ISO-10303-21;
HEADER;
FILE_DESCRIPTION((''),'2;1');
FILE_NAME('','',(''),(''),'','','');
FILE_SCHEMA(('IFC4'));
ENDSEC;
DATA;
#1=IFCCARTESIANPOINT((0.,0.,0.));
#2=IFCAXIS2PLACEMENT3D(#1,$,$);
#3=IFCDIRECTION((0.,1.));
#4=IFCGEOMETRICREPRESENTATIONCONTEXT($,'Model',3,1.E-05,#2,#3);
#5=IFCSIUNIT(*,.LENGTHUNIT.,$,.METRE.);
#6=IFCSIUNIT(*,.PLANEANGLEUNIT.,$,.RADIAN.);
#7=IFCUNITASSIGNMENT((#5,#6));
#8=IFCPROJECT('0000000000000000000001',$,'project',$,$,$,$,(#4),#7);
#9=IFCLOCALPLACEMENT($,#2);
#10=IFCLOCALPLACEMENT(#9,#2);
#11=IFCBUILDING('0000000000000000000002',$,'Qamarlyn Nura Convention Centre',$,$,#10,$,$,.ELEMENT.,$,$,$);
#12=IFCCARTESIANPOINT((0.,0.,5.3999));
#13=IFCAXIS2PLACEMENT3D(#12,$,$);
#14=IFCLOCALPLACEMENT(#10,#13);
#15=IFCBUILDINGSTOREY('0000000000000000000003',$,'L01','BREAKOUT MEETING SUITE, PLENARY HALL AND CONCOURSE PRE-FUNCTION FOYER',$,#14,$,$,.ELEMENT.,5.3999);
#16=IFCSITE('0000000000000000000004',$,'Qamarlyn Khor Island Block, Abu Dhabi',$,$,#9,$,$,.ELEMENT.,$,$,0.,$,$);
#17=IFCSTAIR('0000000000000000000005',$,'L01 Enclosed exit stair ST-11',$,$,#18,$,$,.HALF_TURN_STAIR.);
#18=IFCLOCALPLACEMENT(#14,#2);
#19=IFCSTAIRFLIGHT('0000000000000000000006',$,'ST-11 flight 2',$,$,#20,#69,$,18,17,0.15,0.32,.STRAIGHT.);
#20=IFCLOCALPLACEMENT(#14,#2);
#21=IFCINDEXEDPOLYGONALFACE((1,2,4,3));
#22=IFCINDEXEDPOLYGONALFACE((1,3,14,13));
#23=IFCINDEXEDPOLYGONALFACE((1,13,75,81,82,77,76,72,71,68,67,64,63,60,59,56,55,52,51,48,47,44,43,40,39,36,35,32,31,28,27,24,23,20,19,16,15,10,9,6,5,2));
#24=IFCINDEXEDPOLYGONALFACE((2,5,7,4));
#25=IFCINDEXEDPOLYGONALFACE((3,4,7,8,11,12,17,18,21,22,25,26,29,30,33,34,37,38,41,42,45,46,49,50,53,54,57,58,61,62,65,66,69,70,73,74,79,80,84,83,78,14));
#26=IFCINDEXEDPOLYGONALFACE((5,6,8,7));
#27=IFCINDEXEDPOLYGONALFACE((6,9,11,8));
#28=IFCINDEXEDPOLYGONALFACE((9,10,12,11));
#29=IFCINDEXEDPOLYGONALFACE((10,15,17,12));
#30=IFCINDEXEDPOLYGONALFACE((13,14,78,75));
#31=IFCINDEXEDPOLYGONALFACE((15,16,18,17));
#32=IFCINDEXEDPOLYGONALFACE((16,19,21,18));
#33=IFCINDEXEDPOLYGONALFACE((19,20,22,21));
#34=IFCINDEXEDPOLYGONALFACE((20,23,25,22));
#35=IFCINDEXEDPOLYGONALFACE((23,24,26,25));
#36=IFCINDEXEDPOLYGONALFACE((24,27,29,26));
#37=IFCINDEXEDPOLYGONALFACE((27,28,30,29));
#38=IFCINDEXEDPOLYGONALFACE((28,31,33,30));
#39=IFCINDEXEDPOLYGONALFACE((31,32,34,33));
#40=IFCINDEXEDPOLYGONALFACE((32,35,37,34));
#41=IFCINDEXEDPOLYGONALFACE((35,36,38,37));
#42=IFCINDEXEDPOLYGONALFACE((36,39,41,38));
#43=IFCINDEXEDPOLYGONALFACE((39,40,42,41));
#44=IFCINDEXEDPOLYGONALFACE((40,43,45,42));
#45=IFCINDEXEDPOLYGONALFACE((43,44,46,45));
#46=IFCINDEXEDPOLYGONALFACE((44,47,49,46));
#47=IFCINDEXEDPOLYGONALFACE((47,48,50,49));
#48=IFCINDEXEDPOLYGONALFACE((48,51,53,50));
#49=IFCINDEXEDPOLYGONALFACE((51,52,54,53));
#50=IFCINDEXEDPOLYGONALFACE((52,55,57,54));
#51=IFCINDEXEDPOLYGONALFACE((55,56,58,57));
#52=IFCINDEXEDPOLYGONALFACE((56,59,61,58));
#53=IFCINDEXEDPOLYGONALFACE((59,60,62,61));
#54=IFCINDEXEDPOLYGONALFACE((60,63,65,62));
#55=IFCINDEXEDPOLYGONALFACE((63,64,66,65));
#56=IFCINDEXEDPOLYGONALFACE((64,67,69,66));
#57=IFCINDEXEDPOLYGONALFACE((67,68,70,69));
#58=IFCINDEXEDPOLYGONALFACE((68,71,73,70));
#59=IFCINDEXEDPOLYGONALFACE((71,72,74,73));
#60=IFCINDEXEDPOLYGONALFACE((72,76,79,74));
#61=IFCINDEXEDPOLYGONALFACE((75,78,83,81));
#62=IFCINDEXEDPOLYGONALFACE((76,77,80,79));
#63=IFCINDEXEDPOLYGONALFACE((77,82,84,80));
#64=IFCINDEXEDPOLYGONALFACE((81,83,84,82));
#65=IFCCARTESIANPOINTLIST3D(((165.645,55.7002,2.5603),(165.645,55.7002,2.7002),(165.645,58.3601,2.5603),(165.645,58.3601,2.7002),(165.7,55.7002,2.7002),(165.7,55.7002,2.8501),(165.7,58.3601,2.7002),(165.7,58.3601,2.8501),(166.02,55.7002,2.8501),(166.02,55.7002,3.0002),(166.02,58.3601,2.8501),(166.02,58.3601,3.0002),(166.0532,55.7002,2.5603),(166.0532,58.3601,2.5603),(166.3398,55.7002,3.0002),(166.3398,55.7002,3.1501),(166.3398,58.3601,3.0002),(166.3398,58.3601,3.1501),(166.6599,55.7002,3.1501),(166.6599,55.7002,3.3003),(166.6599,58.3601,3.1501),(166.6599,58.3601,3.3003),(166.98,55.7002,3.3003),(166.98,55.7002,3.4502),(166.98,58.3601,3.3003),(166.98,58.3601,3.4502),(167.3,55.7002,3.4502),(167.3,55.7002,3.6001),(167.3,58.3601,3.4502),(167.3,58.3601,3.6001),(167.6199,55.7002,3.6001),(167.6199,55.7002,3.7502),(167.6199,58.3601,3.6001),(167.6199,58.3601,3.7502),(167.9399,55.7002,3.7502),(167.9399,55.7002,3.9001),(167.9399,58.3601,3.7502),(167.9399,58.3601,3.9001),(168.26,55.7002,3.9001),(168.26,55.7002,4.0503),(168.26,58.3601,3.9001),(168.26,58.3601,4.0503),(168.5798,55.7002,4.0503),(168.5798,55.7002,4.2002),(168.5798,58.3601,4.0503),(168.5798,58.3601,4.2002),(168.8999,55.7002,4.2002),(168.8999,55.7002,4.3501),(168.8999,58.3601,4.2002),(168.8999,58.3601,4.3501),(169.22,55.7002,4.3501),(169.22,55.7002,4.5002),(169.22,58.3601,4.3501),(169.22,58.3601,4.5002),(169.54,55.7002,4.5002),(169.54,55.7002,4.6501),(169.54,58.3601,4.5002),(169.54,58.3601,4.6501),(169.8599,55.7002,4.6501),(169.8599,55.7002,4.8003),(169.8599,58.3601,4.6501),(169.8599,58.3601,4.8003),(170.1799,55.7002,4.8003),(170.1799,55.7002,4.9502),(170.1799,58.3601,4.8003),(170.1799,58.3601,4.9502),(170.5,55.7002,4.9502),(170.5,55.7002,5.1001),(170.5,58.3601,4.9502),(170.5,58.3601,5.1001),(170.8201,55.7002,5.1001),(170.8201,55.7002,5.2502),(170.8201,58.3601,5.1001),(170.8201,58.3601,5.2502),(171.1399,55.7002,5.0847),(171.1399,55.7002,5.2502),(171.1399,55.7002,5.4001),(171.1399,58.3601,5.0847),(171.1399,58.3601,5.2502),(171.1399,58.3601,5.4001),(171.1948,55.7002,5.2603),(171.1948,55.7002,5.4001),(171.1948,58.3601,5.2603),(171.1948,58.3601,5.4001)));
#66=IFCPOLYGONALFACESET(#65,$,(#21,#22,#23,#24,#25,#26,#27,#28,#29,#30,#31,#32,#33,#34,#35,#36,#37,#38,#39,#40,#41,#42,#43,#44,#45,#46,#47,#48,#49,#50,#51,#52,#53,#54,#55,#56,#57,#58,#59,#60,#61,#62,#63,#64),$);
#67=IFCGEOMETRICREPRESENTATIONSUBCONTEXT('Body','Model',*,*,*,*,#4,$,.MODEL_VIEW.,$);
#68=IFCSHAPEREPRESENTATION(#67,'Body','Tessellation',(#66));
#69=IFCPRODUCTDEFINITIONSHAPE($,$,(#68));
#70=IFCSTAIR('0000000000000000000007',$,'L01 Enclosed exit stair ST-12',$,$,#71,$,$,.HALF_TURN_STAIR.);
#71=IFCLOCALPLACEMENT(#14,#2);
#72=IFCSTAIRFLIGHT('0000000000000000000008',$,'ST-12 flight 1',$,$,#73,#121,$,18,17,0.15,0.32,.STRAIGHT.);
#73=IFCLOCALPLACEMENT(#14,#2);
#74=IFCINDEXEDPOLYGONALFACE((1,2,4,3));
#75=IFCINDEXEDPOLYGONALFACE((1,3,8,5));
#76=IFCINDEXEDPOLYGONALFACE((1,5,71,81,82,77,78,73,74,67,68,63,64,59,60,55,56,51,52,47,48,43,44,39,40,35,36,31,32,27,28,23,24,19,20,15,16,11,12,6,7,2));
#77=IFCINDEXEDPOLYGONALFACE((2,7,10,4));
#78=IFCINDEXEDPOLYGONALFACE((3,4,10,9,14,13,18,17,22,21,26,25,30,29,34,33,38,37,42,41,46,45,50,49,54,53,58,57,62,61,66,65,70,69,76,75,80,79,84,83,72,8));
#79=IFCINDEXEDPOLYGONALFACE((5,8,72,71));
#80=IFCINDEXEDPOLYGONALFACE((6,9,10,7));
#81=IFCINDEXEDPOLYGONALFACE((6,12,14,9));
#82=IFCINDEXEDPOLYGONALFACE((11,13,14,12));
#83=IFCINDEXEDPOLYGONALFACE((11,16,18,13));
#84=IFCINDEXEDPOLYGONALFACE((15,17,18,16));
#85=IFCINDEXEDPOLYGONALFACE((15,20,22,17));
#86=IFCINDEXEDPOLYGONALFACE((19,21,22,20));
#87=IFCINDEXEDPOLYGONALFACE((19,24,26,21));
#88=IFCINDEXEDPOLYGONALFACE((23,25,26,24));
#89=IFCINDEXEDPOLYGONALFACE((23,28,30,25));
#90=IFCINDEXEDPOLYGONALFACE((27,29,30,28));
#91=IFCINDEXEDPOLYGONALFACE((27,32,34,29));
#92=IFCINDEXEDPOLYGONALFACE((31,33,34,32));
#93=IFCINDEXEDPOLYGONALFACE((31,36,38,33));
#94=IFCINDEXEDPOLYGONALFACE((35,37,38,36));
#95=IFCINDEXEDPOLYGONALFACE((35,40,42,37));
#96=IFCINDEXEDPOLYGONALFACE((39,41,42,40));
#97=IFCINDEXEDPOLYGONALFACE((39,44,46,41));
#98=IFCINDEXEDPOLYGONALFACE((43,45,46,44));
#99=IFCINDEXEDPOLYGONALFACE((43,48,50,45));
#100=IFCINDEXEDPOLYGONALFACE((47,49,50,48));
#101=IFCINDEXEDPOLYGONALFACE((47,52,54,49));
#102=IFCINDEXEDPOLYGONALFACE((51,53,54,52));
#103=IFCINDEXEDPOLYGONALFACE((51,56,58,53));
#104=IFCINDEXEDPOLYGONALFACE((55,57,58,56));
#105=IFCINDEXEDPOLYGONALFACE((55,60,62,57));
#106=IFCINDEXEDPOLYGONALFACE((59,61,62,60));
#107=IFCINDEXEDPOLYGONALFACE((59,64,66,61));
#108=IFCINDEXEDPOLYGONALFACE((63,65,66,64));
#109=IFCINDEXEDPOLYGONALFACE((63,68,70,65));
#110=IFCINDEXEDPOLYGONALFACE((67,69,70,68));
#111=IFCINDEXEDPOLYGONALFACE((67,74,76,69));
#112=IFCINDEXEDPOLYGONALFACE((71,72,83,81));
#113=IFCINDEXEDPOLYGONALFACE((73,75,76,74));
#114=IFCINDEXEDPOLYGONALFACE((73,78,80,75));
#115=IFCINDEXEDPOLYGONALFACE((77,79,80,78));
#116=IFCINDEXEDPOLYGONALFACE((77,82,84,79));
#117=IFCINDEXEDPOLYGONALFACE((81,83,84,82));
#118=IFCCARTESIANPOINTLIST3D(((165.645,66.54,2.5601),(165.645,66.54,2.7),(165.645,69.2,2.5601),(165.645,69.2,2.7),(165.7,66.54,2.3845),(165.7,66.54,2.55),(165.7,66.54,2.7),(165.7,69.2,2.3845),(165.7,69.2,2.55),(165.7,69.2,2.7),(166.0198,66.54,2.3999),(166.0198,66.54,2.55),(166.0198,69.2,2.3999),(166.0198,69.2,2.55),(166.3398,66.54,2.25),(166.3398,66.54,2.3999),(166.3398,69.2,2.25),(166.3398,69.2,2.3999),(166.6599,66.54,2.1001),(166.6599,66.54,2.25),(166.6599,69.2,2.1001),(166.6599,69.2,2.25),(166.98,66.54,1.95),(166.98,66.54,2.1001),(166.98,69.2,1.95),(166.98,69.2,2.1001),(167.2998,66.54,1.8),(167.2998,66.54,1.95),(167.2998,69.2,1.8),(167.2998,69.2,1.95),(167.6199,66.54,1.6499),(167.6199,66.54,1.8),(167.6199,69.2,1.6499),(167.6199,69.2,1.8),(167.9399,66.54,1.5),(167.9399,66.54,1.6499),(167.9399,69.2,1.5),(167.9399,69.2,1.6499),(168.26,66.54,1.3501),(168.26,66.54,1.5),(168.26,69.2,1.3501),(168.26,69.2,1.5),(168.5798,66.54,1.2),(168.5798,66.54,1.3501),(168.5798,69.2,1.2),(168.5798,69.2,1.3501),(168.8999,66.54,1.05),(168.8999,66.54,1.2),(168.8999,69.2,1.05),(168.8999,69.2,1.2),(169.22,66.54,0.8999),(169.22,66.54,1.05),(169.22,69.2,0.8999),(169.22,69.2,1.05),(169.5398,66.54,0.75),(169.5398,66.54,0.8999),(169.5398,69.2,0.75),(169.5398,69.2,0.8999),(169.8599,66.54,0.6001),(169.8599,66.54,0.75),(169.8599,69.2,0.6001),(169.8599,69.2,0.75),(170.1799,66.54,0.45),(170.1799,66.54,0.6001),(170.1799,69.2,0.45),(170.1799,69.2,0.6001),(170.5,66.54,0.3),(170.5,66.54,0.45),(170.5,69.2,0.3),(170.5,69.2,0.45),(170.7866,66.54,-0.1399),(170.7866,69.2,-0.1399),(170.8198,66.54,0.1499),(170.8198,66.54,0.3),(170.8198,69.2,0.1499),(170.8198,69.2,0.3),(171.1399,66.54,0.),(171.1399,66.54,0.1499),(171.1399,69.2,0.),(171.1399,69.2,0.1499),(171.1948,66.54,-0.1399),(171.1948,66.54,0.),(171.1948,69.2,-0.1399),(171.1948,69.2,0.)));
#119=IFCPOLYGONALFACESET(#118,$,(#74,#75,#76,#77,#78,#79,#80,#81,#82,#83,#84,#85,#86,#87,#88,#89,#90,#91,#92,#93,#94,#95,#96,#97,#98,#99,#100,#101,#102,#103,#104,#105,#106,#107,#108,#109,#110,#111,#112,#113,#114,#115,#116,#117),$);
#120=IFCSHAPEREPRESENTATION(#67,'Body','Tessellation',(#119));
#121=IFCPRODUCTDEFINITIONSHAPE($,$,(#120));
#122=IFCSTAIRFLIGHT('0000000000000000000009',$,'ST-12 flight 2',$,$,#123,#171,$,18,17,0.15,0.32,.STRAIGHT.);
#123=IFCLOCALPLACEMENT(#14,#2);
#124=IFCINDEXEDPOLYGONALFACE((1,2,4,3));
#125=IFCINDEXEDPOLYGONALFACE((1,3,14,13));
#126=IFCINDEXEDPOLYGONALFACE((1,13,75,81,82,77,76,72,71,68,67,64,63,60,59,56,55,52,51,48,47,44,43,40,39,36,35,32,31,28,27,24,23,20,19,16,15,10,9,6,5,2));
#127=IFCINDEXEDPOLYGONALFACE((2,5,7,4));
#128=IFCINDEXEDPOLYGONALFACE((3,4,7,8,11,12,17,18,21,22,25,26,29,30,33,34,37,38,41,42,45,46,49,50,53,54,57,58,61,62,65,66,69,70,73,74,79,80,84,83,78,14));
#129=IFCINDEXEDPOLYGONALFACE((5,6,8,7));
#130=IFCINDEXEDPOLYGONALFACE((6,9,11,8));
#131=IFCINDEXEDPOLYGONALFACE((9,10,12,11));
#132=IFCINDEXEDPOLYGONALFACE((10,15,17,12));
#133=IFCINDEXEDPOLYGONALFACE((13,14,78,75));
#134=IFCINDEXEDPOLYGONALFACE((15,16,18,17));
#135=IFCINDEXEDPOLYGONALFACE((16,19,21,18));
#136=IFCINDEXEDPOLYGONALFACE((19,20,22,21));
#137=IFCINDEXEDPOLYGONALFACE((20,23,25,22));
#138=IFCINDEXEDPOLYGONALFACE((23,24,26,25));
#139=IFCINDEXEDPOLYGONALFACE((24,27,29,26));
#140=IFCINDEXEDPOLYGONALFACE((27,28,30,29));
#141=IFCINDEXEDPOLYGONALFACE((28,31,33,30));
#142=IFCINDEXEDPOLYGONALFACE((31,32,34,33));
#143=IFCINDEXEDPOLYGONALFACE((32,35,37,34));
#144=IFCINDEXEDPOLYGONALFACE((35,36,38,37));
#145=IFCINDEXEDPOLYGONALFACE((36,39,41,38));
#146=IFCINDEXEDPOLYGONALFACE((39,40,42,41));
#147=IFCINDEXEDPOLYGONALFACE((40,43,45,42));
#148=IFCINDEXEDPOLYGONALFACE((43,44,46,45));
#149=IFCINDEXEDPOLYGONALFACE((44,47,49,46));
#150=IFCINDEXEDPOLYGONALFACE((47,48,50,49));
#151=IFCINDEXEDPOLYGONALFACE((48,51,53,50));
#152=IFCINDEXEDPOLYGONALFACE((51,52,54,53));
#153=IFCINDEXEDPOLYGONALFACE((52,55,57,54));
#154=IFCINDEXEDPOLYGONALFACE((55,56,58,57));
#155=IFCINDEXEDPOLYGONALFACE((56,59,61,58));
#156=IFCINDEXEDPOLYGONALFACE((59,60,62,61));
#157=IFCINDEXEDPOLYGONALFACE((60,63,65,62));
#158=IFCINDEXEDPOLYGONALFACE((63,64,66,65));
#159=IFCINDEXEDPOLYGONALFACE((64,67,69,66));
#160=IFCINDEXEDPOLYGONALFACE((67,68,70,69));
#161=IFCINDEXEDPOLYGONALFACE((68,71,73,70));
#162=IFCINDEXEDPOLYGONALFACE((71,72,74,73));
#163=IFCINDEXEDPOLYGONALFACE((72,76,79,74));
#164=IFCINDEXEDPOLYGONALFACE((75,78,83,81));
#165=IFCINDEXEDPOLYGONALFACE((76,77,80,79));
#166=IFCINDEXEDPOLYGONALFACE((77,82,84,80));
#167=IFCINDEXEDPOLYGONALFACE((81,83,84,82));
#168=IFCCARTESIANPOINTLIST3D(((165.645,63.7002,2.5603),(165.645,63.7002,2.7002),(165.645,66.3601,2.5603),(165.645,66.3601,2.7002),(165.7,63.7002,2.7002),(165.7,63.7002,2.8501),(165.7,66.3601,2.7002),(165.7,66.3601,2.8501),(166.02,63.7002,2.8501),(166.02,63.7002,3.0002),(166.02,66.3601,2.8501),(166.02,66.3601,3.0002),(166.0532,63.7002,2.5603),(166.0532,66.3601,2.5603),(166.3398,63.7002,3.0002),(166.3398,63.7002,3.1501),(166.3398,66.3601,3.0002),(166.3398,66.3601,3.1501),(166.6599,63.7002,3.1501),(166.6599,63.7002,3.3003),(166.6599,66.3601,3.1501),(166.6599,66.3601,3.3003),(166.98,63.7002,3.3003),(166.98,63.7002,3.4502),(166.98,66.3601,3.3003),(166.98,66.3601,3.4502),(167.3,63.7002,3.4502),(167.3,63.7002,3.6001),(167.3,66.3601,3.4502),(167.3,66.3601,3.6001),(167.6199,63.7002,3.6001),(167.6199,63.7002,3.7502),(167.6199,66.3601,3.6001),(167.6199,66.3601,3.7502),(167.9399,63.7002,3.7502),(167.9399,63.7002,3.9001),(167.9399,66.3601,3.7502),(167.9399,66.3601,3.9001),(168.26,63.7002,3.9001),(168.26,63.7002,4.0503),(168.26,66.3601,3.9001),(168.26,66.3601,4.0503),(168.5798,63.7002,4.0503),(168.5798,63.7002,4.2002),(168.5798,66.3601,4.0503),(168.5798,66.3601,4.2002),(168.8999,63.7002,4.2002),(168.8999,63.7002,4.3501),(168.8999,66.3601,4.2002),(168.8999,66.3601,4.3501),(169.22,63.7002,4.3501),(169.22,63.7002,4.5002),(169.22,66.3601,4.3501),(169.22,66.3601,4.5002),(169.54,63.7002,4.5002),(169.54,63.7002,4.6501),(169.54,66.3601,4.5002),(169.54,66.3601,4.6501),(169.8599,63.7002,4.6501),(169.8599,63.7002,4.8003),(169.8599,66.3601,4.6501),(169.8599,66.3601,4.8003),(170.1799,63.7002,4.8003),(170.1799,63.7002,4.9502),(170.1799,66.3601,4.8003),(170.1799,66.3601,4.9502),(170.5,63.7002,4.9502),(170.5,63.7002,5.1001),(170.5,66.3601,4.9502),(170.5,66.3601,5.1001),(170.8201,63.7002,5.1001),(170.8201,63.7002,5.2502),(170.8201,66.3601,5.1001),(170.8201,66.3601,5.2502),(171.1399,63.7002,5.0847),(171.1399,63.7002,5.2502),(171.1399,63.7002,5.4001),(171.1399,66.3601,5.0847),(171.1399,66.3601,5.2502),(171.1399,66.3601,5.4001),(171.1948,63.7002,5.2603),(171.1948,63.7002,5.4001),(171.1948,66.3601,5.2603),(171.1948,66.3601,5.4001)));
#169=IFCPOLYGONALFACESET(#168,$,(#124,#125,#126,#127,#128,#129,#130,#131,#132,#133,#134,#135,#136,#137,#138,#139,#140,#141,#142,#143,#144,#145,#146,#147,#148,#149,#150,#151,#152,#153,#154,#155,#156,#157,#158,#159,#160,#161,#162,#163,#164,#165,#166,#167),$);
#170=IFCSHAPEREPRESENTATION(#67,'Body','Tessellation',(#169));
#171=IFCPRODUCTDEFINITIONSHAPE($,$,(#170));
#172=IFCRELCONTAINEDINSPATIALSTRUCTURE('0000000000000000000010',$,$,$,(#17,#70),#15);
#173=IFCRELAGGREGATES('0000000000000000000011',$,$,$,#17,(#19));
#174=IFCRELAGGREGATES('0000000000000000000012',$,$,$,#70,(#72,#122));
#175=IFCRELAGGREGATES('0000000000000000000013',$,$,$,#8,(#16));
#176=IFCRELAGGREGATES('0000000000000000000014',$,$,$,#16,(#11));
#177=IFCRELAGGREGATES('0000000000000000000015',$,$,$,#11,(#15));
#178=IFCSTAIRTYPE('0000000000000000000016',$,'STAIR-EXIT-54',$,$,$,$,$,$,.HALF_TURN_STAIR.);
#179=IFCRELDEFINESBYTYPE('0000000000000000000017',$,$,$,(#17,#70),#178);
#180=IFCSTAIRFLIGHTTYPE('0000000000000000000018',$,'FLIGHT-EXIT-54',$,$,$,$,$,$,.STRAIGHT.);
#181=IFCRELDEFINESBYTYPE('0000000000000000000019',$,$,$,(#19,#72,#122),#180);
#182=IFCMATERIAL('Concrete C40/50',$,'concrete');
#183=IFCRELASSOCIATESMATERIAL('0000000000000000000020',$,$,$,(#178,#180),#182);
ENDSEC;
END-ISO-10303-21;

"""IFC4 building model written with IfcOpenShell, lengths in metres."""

from ifc_helpers import new_model, si_unit, direction, frame, origin, place, context, subcontext, project, spatial, polyline, outline, extrude, material, type_object, element, aggregate, save


model = new_model("IFC4")

# Units and contexts
model_context = context("Model", 3, precision=1e-05, world=origin(), true_north=direction((0.0, 1.0)))
body_context = subcontext(model_context, "Body", "Model", "MODEL_VIEW")
ifc_project = project(units=[si_unit("LENGTHUNIT", "METRE"), si_unit("PLANEANGLEUNIT", "RADIAN")], contexts=[model_context])

# Site, building, storey
site_placement = place(None, origin())
site = spatial("IfcSite", under=ifc_project, at=site_placement, Name="Qamarlyn Khor Island Block, Abu Dhabi", CompositionType="ELEMENT", RefElevation=0.0)
building_placement = place(site_placement, origin())
building = spatial("IfcBuilding", under=site, at=building_placement, Name="Qamarlyn Nura Convention Centre", CompositionType="ELEMENT")
storey_placement = place(building_placement, frame((0.0, 0.0, 5.3999)))
storey = spatial("IfcBuildingStorey", under=building, at=storey_placement, Name="L01", Description="BREAKOUT MEETING SUITE, PLENARY HALL AND CONCOURSE PRE-FUNCTION FOYER", CompositionType="ELEMENT", Elevation=5.3999)

# Stairs, stair flights
ifc_material_1 = material(Name="Concrete C40/50", Category="concrete")
stair_type = type_object("IfcStairType", Name="STAIR-EXIT-54", PredefinedType="HALF_TURN_STAIR", material=ifc_material_1)
stair_1_placement = place(storey_placement, origin())
stair_1 = element("IfcStair", 1, at=stair_1_placement, inside=storey, type_object=stair_type, Name="L01 Enclosed exit stair ST-11", PredefinedType="HALF_TURN_STAIR")
stair_flight_type = type_object("IfcStairFlightType", Name="FLIGHT-EXIT-54", PredefinedType="STRAIGHT", material=ifc_material_1)
stair_flight_1_placement = place(storey_placement, frame((165.7, 57.03, 2.7002), z_axis=(0.0, 0.0, 1.0), x_axis=(1.0, 0.0, 0.0)))
stair_flight_1 = element("IfcStairFlight", 2, at=stair_flight_1_placement, type_object=stair_flight_type, Name="ST-11 flight 2", NumberOfRisers=18, NumberOfTreads=17, PredefinedType="STRAIGHT", RiserHeight=0.15, TreadLength=0.32, context=body_context, shape_type="SweptSolid", body=[
    extrude(outline(polyline([(-0.0549, 0.0), (0.0, 0.0), (0.0, 0.1499), (0.3201, 0.1499), (0.3201, 0.3), (0.6399, 0.3), (0.6399, 0.45), (0.96, 0.45), (0.96, 0.6001), (1.28, 0.6001), (1.28, 0.75), (1.6001, 0.75), (1.6001, 0.8999), (1.9199, 0.8999), (1.9199, 1.05), (2.24, 1.05), (2.24, 1.2), (2.5601, 1.2), (2.5601, 1.3501), (2.8799, 1.3501), (2.8799, 1.5), (3.2, 1.5), (3.2, 1.6499), (3.52, 1.6499), (3.52, 1.8), (3.8401, 1.8), (3.8401, 1.95), (4.1599, 1.95), (4.1599, 2.1001), (4.48, 2.1001), (4.48, 2.25), (4.8, 2.25), (4.8, 2.3999), (5.1201, 2.3999), (5.1201, 2.55), (5.4399, 2.55), (5.4399, 2.7), (5.4949, 2.7), (5.4949, 2.5601), (5.4399, 2.3845), (0.3533, -0.1399), (-0.0549, -0.1399), (-0.0549, 0.0)])), frame((0.0, 1.3301, 0.0), z_axis=(0.0, -1.0, 0.0), x_axis=(1.0, 0.0, 0.0)), (0.0, 0.0, 1.0), 2.6599),
])
aggregate(stair_1, [stair_flight_1])
stair_2_placement = place(storey_placement, origin())
stair_2 = element("IfcStair", 3, at=stair_2_placement, inside=storey, type_object=stair_type, Name="L01 Enclosed exit stair ST-12", PredefinedType="HALF_TURN_STAIR")
stair_flight_2_placement = place(storey_placement, frame((171.1399, 67.8701, 0.0), z_axis=(0.0, 0.0, 1.0), x_axis=(-1.0, 0.0, 0.0)))
stair_flight_2 = element("IfcStairFlight", 4, at=stair_flight_2_placement, type_object=stair_flight_type, Name="ST-12 flight 1", NumberOfRisers=18, NumberOfTreads=17, PredefinedType="STRAIGHT", RiserHeight=0.15, TreadLength=0.32, context=body_context, shape_type="SweptSolid", body=[
    extrude(outline(polyline([(-0.0549, 0.0), (0.0, 0.0), (0.0, 0.1499), (0.3201, 0.1499), (0.3201, 0.3), (0.6399, 0.3), (0.6399, 0.45), (0.96, 0.45), (0.96, 0.6001), (1.28, 0.6001), (1.28, 0.75), (1.6001, 0.75), (1.6001, 0.8999), (1.9199, 0.8999), (1.9199, 1.05), (2.24, 1.05), (2.24, 1.2), (2.5601, 1.2), (2.5601, 1.3501), (2.8799, 1.3501), (2.8799, 1.5), (3.2, 1.5), (3.2, 1.6499), (3.52, 1.6499), (3.52, 1.8), (3.8401, 1.8), (3.8401, 1.95), (4.1599, 1.95), (4.1599, 2.1001), (4.48, 2.1001), (4.48, 2.25), (4.8, 2.25), (4.8, 2.3999), (5.1201, 2.3999), (5.1201, 2.55), (5.4399, 2.55), (5.4399, 2.7), (5.4949, 2.7), (5.4949, 2.5601), (5.4399, 2.3845), (0.3533, -0.1399), (-0.0549, -0.1399), (-0.0549, 0.0)])), frame((0.0, 1.3301, 0.0), z_axis=(0.0, -1.0, 0.0), x_axis=(1.0, 0.0, 0.0)), (0.0, 0.0, 1.0), 2.6599),
])
stair_flight_3_placement = place(storey_placement, frame((165.7, 65.03, 2.7002), z_axis=(0.0, 0.0, 1.0), x_axis=(1.0, 0.0, 0.0)))
stair_flight_3 = element("IfcStairFlight", 5, at=stair_flight_3_placement, type_object=stair_flight_type, Name="ST-12 flight 2", NumberOfRisers=18, NumberOfTreads=17, PredefinedType="STRAIGHT", RiserHeight=0.15, TreadLength=0.32, context=body_context, shape_type="SweptSolid", body=[
    extrude(outline(polyline([(-0.0549, 0.0), (0.0, 0.0), (0.0, 0.1499), (0.3201, 0.1499), (0.3201, 0.3), (0.6399, 0.3), (0.6399, 0.45), (0.96, 0.45), (0.96, 0.6001), (1.28, 0.6001), (1.28, 0.75), (1.6001, 0.75), (1.6001, 0.8999), (1.9199, 0.8999), (1.9199, 1.05), (2.24, 1.05), (2.24, 1.2), (2.5601, 1.2), (2.5601, 1.3501), (2.8799, 1.3501), (2.8799, 1.5), (3.2, 1.5), (3.2, 1.6499), (3.52, 1.6499), (3.52, 1.8), (3.8401, 1.8), (3.8401, 1.95), (4.1599, 1.95), (4.1599, 2.1001), (4.48, 2.1001), (4.48, 2.25), (4.8, 2.25), (4.8, 2.3999), (5.1201, 2.3999), (5.1201, 2.55), (5.4399, 2.55), (5.4399, 2.7), (5.4949, 2.7), (5.4949, 2.5601), (5.4399, 2.3845), (0.3533, -0.1399), (-0.0549, -0.1399), (-0.0549, 0.0)])), frame((0.0, 1.3301, 0.0), z_axis=(0.0, -1.0, 0.0), x_axis=(1.0, 0.0, 0.0)), (0.0, 0.0, 1.0), 2.6599),
])
aggregate(stair_2, [stair_flight_2, stair_flight_3])

save(model, "model.ifc")
